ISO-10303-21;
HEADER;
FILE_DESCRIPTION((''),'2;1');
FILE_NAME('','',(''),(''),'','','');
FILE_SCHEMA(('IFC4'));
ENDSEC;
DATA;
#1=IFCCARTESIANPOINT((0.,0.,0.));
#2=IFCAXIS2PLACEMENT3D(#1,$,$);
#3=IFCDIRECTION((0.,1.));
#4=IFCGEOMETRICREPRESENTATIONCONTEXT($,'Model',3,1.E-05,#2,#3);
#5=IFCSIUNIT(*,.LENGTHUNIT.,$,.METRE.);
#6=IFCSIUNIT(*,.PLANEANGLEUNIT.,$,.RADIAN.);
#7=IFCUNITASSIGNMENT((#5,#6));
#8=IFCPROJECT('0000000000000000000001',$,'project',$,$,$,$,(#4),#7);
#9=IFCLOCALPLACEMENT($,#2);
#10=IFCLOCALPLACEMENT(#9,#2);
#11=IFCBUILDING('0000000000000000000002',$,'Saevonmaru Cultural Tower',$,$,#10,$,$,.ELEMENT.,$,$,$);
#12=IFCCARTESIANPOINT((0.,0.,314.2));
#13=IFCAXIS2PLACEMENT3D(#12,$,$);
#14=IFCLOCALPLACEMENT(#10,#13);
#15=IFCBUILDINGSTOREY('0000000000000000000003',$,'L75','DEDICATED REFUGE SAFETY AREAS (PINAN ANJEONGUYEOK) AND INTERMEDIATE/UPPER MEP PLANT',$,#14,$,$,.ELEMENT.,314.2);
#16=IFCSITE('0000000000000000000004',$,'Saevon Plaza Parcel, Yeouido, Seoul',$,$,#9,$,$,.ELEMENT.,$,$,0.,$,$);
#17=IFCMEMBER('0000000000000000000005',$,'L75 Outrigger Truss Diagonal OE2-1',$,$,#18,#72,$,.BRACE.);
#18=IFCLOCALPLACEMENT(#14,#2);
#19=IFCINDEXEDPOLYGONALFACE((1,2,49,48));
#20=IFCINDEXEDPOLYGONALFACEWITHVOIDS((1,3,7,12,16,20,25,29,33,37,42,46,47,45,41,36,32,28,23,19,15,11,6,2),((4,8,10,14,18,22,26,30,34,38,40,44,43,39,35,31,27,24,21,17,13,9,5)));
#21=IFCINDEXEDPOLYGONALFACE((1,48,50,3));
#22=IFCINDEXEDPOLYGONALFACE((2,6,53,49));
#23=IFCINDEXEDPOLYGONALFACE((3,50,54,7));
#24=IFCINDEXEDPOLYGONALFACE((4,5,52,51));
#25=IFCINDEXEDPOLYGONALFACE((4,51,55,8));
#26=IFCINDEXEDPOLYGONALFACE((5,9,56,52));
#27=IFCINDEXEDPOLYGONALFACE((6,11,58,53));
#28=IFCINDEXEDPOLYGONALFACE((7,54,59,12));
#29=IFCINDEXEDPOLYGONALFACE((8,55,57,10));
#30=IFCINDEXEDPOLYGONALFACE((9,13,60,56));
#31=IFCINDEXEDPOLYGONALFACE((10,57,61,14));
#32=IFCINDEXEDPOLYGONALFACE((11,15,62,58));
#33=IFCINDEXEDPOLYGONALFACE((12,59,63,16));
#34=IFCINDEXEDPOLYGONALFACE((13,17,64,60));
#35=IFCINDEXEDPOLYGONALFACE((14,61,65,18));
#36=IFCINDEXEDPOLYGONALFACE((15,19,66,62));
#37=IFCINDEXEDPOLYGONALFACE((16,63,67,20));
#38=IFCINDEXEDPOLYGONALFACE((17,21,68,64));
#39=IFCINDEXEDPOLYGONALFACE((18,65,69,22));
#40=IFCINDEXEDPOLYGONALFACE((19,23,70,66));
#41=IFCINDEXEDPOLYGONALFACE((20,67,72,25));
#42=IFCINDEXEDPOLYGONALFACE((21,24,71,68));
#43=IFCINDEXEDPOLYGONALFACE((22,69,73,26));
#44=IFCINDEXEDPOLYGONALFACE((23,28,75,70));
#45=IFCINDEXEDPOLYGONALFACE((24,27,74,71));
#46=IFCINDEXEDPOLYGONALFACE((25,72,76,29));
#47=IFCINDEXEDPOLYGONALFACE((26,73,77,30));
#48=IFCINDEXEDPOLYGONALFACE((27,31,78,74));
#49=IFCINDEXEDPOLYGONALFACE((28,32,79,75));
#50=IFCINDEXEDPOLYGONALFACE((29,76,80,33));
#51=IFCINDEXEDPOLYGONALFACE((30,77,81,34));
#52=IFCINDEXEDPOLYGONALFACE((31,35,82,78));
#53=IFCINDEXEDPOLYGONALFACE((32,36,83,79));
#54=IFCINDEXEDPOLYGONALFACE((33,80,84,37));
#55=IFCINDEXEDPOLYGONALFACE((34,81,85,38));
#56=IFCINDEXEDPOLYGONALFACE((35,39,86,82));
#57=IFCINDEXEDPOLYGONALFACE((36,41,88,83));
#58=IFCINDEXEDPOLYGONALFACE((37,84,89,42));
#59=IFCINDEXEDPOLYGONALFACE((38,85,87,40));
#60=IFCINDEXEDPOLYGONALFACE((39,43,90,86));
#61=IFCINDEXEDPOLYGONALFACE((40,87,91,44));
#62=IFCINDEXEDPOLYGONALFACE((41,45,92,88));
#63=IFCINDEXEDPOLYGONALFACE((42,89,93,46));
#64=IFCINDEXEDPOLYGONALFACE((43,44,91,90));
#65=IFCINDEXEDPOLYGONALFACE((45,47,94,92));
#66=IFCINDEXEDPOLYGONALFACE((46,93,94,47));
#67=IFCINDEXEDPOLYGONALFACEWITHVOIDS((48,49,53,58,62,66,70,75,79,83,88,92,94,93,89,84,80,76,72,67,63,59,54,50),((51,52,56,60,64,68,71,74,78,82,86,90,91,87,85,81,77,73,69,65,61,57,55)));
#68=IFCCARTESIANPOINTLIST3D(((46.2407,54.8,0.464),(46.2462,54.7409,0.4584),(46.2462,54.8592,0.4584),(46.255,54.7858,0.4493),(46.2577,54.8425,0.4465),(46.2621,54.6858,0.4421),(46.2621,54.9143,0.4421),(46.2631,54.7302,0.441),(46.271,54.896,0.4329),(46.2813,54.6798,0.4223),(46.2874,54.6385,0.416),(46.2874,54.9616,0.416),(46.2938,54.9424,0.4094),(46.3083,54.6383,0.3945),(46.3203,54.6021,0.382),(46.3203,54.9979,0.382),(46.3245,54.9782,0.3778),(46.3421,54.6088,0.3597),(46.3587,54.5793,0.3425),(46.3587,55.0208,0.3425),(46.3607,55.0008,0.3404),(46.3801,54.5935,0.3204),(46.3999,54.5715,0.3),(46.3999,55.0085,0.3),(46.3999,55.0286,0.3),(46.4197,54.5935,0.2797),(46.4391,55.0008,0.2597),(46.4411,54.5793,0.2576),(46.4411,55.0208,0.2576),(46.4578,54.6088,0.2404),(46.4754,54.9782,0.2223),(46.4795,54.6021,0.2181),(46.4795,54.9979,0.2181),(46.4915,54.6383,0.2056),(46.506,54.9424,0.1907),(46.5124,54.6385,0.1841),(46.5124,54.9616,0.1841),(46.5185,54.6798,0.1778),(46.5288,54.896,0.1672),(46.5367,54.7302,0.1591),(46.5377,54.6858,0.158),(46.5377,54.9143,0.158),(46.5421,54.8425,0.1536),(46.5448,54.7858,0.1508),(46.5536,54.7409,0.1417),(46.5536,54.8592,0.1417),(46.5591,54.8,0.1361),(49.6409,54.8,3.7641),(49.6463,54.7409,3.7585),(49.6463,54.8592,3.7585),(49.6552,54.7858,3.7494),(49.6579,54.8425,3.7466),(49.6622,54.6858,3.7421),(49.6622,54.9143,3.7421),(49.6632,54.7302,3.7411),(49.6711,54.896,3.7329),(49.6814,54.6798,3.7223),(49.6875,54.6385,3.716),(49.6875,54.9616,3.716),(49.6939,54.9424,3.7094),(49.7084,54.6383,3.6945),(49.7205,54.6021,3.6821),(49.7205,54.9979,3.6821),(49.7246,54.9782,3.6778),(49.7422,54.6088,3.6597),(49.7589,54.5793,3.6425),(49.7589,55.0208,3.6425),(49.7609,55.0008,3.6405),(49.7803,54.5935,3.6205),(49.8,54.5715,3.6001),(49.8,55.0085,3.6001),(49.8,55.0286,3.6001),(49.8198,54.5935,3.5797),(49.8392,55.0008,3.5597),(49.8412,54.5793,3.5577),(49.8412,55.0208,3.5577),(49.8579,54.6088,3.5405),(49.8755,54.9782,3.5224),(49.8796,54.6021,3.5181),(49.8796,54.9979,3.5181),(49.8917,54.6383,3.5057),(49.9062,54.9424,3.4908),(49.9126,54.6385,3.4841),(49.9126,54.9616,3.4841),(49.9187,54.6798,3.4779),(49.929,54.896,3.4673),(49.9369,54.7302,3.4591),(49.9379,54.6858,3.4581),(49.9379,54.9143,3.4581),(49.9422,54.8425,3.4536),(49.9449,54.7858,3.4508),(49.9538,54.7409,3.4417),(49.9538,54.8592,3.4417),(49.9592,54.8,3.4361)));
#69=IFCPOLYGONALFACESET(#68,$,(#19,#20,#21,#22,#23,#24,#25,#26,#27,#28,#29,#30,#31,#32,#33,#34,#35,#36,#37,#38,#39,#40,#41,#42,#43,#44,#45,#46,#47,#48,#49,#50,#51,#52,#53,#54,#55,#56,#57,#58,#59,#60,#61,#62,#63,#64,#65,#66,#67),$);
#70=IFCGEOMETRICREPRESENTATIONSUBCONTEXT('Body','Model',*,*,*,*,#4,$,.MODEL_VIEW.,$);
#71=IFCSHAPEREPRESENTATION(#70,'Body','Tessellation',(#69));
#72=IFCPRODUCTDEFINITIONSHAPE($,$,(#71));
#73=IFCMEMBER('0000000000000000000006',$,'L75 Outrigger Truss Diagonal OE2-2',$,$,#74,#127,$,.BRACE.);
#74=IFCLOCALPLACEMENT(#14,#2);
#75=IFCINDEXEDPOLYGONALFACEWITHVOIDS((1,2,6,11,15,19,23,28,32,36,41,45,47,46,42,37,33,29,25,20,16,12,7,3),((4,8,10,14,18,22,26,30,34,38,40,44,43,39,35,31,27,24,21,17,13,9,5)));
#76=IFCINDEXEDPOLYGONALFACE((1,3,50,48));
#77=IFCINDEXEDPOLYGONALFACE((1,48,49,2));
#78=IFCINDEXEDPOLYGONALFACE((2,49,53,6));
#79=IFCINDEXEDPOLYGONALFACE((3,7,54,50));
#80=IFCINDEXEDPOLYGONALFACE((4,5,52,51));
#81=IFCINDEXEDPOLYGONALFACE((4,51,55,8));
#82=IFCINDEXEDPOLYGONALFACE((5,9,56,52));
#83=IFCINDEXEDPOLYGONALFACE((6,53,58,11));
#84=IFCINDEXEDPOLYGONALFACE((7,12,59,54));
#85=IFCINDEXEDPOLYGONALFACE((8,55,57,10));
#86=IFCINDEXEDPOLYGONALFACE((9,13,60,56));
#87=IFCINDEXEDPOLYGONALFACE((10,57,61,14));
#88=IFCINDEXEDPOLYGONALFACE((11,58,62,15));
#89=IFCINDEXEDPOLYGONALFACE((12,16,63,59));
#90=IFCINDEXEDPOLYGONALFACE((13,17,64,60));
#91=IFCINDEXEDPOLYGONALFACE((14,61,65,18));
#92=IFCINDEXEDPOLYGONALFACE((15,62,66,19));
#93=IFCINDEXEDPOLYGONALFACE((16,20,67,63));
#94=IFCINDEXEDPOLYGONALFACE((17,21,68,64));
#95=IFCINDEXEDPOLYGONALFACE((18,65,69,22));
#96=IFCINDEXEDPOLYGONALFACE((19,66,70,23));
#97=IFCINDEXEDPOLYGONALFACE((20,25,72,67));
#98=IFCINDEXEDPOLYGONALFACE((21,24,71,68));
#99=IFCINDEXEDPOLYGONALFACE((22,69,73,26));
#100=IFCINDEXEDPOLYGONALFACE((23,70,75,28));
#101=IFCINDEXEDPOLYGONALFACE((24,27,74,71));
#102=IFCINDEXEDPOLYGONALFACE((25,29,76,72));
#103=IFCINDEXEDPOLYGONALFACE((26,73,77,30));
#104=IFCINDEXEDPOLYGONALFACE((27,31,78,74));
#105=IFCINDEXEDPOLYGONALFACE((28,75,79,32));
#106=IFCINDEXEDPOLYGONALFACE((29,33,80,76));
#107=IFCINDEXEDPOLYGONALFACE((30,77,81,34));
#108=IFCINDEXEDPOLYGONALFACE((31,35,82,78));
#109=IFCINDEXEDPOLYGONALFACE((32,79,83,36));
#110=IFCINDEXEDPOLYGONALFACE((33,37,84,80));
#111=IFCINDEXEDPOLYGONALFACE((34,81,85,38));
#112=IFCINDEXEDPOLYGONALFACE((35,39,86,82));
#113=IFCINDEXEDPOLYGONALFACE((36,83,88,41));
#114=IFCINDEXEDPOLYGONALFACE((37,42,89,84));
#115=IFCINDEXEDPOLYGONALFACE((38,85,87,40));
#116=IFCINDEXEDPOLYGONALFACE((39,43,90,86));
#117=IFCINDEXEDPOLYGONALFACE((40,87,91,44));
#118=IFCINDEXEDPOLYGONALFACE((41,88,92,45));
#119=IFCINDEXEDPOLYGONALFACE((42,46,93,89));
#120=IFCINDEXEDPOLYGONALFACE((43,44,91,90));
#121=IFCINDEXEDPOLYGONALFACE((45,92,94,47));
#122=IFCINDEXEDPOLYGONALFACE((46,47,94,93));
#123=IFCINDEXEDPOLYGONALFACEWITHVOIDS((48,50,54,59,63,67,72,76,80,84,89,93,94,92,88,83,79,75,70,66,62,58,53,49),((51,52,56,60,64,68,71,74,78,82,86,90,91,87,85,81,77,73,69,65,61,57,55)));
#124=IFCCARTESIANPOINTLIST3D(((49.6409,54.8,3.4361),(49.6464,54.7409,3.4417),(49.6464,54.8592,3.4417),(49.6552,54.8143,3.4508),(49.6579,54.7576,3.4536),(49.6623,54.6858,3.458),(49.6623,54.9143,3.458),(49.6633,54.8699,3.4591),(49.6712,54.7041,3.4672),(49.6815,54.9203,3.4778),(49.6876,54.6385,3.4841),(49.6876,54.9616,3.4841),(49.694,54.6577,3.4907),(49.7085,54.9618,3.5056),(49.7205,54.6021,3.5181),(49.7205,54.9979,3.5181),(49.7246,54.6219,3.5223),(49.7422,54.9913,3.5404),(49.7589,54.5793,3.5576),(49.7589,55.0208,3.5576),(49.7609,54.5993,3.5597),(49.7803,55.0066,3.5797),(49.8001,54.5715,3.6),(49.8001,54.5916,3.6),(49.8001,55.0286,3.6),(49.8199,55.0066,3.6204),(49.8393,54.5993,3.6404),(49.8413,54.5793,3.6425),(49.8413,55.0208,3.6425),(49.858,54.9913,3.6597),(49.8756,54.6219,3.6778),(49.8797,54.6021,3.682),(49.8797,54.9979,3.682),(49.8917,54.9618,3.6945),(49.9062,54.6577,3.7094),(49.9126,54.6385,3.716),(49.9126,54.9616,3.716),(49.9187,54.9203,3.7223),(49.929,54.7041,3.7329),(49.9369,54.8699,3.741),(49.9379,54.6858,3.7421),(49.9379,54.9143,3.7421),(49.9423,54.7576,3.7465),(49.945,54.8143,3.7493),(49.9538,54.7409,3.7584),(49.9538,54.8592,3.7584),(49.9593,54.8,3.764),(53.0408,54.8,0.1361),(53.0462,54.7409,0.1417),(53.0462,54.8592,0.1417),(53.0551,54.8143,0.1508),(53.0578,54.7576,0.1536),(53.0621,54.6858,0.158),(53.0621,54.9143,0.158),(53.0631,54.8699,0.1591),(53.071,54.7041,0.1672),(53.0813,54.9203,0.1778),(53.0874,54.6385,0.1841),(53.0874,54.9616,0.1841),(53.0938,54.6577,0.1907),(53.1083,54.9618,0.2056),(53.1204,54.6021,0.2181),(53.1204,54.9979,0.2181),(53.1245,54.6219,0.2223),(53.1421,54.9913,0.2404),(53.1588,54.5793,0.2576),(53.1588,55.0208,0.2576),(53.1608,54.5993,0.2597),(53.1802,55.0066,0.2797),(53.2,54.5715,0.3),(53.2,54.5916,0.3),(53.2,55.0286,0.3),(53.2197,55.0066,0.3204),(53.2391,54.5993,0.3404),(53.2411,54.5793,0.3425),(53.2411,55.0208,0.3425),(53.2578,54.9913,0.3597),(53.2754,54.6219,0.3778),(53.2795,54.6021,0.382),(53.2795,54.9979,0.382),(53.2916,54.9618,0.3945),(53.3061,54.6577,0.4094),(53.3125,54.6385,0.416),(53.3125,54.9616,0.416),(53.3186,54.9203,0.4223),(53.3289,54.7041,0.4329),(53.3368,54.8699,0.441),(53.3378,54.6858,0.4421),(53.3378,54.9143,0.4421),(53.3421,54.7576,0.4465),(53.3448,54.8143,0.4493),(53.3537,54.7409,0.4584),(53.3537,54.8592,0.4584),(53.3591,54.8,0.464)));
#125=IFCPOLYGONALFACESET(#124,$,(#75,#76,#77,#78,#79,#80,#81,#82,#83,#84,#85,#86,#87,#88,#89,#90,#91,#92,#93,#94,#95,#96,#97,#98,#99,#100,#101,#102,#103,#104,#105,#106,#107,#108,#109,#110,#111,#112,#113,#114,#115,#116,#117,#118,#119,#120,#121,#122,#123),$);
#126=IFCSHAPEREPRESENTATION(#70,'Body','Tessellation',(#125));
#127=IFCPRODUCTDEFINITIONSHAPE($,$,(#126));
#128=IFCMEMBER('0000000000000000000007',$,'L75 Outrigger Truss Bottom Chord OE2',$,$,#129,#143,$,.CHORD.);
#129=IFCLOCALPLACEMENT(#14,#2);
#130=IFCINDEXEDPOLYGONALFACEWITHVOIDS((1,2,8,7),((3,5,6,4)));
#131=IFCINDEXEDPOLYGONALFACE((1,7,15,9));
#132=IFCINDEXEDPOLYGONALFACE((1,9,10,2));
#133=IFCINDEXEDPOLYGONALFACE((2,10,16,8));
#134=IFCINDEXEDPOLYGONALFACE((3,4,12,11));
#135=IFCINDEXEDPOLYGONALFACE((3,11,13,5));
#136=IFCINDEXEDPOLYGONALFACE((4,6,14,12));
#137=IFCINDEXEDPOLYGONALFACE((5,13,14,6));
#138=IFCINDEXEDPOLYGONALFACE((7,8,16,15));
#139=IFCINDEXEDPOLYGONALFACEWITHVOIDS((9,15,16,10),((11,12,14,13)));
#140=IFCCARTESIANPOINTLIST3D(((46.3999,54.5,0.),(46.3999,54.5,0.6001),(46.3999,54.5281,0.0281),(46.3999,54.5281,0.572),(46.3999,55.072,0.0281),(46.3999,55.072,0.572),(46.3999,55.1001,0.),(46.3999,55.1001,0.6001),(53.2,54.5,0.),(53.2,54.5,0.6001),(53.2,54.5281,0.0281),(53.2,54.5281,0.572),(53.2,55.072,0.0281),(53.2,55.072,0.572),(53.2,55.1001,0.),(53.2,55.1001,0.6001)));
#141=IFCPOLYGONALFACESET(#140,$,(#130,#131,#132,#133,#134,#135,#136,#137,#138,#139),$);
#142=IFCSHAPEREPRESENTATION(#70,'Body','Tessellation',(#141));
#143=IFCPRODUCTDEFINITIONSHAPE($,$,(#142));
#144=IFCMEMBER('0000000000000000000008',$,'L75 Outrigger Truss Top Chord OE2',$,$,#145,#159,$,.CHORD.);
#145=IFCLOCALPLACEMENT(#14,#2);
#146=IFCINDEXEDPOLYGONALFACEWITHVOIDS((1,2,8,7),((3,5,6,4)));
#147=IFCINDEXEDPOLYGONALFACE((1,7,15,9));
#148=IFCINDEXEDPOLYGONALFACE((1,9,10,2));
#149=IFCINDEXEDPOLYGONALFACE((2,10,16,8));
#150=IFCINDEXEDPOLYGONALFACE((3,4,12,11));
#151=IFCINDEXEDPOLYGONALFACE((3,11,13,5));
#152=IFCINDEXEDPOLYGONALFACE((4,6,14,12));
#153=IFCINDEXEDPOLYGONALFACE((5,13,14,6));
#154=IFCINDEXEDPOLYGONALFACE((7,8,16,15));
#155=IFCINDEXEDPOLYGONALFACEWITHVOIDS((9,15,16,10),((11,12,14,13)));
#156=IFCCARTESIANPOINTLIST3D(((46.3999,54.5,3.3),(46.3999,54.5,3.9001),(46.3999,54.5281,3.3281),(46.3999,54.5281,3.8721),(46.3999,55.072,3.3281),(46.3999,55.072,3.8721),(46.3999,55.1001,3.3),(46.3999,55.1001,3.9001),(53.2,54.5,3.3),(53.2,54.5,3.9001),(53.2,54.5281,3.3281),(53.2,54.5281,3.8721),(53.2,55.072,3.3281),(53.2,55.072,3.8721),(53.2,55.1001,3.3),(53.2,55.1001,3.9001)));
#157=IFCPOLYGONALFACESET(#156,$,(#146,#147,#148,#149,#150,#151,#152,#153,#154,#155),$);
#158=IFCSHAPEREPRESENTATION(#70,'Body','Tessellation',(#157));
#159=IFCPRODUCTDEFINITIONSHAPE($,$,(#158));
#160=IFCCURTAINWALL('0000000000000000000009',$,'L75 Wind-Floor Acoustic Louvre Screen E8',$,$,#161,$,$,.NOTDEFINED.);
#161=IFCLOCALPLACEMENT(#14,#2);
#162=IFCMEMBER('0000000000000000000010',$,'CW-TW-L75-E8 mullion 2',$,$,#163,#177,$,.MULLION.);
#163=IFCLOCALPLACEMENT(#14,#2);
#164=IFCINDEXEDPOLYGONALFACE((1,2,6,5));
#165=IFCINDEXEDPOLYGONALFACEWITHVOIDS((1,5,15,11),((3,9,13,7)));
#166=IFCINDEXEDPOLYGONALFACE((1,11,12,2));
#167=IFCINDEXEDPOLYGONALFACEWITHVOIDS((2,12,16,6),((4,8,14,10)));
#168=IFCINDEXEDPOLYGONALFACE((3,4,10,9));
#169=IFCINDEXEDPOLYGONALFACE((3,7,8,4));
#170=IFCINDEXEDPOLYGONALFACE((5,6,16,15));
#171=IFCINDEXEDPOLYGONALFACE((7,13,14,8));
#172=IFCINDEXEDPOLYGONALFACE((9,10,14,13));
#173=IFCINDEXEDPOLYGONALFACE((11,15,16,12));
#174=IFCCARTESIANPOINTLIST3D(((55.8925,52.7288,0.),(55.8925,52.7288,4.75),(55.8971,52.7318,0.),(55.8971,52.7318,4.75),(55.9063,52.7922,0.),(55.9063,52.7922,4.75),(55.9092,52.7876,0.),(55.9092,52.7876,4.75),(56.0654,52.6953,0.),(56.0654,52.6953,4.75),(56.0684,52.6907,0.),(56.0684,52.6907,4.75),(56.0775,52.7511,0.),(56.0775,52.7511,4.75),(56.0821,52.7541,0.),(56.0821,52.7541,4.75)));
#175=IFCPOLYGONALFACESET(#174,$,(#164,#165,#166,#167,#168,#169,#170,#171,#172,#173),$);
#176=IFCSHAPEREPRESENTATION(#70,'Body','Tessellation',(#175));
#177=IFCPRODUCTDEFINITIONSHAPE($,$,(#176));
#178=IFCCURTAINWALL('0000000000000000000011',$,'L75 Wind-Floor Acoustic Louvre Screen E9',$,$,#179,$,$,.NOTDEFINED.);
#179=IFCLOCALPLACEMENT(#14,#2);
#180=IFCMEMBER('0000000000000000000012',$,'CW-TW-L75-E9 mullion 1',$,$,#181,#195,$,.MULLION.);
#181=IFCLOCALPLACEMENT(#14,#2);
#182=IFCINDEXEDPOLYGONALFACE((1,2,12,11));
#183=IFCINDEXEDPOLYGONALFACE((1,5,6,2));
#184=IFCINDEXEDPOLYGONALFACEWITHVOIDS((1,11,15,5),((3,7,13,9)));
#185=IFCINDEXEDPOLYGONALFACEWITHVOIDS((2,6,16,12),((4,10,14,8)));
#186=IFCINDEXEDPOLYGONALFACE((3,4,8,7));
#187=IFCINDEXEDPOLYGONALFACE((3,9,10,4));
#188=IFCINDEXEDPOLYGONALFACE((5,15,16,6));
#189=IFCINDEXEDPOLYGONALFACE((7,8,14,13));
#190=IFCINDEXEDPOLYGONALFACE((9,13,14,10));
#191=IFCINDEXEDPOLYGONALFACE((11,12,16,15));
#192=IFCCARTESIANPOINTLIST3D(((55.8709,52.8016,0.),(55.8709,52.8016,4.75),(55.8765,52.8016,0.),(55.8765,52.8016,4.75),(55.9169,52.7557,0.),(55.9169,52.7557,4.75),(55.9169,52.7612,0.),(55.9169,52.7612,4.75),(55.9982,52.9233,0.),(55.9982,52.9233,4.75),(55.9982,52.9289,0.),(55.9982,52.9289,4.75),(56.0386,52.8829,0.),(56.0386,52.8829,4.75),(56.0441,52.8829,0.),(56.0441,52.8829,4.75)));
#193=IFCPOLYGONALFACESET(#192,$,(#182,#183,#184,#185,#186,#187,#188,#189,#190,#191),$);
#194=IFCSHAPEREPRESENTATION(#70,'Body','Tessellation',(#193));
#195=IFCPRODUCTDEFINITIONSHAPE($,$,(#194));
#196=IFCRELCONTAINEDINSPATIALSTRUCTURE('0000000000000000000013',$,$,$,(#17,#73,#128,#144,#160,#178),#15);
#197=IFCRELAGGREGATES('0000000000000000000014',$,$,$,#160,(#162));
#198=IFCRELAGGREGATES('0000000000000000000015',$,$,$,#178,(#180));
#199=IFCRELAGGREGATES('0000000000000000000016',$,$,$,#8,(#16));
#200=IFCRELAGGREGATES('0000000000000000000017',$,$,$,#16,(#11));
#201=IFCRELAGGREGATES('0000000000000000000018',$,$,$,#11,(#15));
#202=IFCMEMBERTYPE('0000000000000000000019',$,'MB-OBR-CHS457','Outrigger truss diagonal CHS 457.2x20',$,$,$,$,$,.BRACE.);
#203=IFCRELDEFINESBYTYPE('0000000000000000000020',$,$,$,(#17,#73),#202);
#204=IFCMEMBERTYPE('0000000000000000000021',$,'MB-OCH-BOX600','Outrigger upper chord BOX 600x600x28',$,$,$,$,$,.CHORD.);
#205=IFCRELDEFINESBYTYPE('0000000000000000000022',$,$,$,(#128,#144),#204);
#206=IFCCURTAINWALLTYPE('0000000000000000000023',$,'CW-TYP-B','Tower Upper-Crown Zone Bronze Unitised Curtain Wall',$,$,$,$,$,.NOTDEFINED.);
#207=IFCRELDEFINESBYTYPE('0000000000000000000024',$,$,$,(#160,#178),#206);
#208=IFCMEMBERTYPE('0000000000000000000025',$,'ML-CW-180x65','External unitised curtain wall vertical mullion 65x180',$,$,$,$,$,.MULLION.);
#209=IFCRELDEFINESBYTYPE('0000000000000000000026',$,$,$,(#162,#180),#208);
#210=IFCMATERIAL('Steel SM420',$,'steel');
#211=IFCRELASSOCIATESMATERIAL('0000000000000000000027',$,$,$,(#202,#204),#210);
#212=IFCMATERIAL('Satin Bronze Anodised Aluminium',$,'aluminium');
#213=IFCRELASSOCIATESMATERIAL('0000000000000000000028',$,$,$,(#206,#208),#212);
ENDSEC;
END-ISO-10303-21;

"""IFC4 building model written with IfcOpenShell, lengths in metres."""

from ifc_helpers import new_model, si_unit, direction, frame, origin, origin_2d, place, context, subcontext, project, spatial, hollow_rectangle, hollow_circle, extrude, material, material_profile, profile_set, type_object, element, aggregate, save


model = new_model("IFC4")

# Units and contexts
model_context = context("Model", 3, precision=1e-05, world=origin(), true_north=direction((0.0, 1.0)))
body_context = subcontext(model_context, "Body", "Model", "MODEL_VIEW")
ifc_project = project(units=[si_unit("LENGTHUNIT", "METRE"), si_unit("PLANEANGLEUNIT", "RADIAN")], contexts=[model_context])

# Site, building, storey
site_placement = place(None, origin())
site = spatial("IfcSite", under=ifc_project, at=site_placement, Name="Saevon Plaza Parcel, Yeouido, Seoul", CompositionType="ELEMENT", RefElevation=0.0)
building_placement = place(site_placement, origin())
building = spatial("IfcBuilding", under=site, at=building_placement, Name="Saevonmaru Cultural Tower", CompositionType="ELEMENT")
storey_placement = place(building_placement, frame((0.0, 0.0, 314.2)))
storey = spatial("IfcBuildingStorey", under=building, at=storey_placement, Name="L75", Description="DEDICATED REFUGE SAFETY AREAS (PINAN ANJEONGUYEOK) AND INTERMEDIATE/UPPER MEP PLANT", CompositionType="ELEMENT", Elevation=314.2)

# Members
ifc_material_1 = material(Name="Steel SM420", Category="steel")
ifc_material_profile_1 = material_profile(ifc_material_1, hollow_circle(Radius=0.2285, WallThickness=0.02, at=origin_2d()), Name="CHS-457.2x20")
ifc_profile_set_1 = profile_set([ifc_material_profile_1], Name="Steel SM420")
member_type_1 = type_object("IfcMemberType", Name="MB-OBR-CHS457", Description="Outrigger truss diagonal CHS 457.2x20", PredefinedType="BRACE", material=ifc_profile_set_1)
member_1_placement = place(storey_placement, frame((46.3999, 54.8, 0.3), z_axis=(0.717591, 0.0, 0.696465), x_axis=(0.0, 1.0, 0.0)))
element("IfcMember", 1, at=member_1_placement, inside=storey, type_object=member_type_1, Name="L75 Outrigger Truss Diagonal OE2-1", PredefinedType="BRACE", context=body_context, shape_type="SweptSolid", body=[
    extrude(hollow_circle(Radius=0.2285, WallThickness=0.02, at=origin_2d()), origin(), (0.0, 0.0, 1.0), 4.7383),
])
member_2_placement = place(storey_placement, frame((53.2, 54.8, 0.3), z_axis=(-0.717566, 0.0, 0.696491), x_axis=(0.0, -1.0, 0.0)))
element("IfcMember", 2, at=member_2_placement, inside=storey, type_object=member_type_1, Name="L75 Outrigger Truss Diagonal OE2-2", PredefinedType="BRACE", context=body_context, shape_type="SweptSolid", body=[
    extrude(hollow_circle(Radius=0.2285, WallThickness=0.02, at=origin_2d()), origin(), (0.0, 0.0, 1.0), 4.738),
])
ifc_material_profile_2 = material_profile(ifc_material_1, hollow_rectangle(XDim=0.6001, YDim=0.6001, WallThickness=0.0281, at=origin_2d()), Name="BOX-600x600x28")
ifc_profile_set_2 = profile_set([ifc_material_profile_2], Name="Steel SM420")
member_type_2 = type_object("IfcMemberType", Name="MB-OCH-BOX600", Description="Outrigger upper chord BOX 600x600x28", PredefinedType="CHORD", material=ifc_profile_set_2)
for number, where, z_axis, x_axis, name in (
    (3, (46.3999, 54.8, 0.3), (1.0, 0.0, 0.0), (0.0, 1.0, 0.0), "L75 Outrigger Truss Bottom Chord OE2"),
    (4, (46.3999, 54.8, 3.6001), (1.0, 0.0, 0.0), (0.0, 1.0, 0.0), "L75 Outrigger Truss Top Chord OE2"),
):
    element("IfcMember", number, at=place(storey_placement, frame(where, z_axis=z_axis, x_axis=x_axis)), inside=storey, type_object=member_type_2, Name=name, PredefinedType="CHORD", context=body_context, shape_type="SweptSolid", body=[
        extrude(hollow_rectangle(XDim=0.6001, YDim=0.6001, WallThickness=0.0281, at=origin_2d()), origin(), (0.0, 0.0, 1.0), 6.8),
    ])

# Curtain wall, member
ifc_material_2 = material(Name="Satin Bronze Anodised Aluminium", Category="aluminium")
curtain_wall_type = type_object("IfcCurtainWallType", Name="CW-TYP-B", Description="Tower Upper-Crown Zone Bronze Unitised Curtain Wall", PredefinedType="NOTDEFINED", material=ifc_material_2)
curtain_wall_1_placement = place(storey_placement, origin())
curtain_wall_1 = element("IfcCurtainWall", 5, at=curtain_wall_1_placement, inside=storey, type_object=curtain_wall_type, Name="L75 Wind-Floor Acoustic Louvre Screen E8", PredefinedType="NOTDEFINED")
ifc_material_profile_3 = material_profile(ifc_material_2, hollow_rectangle(XDim=0.0649, YDim=0.1799, WallThickness=0.0039, at=origin_2d()), Name="ALU-MULL-180x65x4")
ifc_profile_set_3 = profile_set([ifc_material_profile_3], Name="Satin Bronze Anodised Aluminium")
member_type_3 = type_object("IfcMemberType", Name="ML-CW-180x65", Description="External unitised curtain wall vertical mullion 65x180", PredefinedType="MULLION", material=ifc_profile_set_3)
member_3_placement = place(storey_placement, frame((55.9873, 52.7415, 0.0), z_axis=(0.0, 0.0, 1.0), x_axis=(0.21175, 0.977324, 0.0)))
member_3 = element("IfcMember", 6, at=member_3_placement, type_object=member_type_3, Name="CW-TW-L75-E8 mullion 2", PredefinedType="MULLION", context=body_context, shape_type="SweptSolid", body=[
    extrude(hollow_rectangle(XDim=0.0649, YDim=0.1799, WallThickness=0.0039, at=origin_2d()), origin(), (0.0, 0.0, 1.0), 4.75),
])
aggregate(curtain_wall_1, [member_3])

# Curtain wall, member
curtain_wall_2_placement = place(storey_placement, origin())
curtain_wall_2 = element("IfcCurtainWall", 7, at=curtain_wall_2_placement, inside=storey, type_object=curtain_wall_type, Name="L75 Wind-Floor Acoustic Louvre Screen E9", PredefinedType="NOTDEFINED")
member_4_placement = place(storey_placement, frame((55.9575, 52.8423, 0.0), z_axis=(0.0, 0.0, 1.0), x_axis=(-0.707107, 0.707107, 0.0)))
member_4 = element("IfcMember", 8, at=member_4_placement, type_object=member_type_3, Name="CW-TW-L75-E9 mullion 1", PredefinedType="MULLION", context=body_context, shape_type="SweptSolid", body=[
    extrude(hollow_rectangle(XDim=0.0649, YDim=0.1799, WallThickness=0.0039, at=origin_2d()), origin(), (0.0, 0.0, 1.0), 4.75),
])

aggregate(curtain_wall_2, [member_4])

save(model, "model.ifc")
